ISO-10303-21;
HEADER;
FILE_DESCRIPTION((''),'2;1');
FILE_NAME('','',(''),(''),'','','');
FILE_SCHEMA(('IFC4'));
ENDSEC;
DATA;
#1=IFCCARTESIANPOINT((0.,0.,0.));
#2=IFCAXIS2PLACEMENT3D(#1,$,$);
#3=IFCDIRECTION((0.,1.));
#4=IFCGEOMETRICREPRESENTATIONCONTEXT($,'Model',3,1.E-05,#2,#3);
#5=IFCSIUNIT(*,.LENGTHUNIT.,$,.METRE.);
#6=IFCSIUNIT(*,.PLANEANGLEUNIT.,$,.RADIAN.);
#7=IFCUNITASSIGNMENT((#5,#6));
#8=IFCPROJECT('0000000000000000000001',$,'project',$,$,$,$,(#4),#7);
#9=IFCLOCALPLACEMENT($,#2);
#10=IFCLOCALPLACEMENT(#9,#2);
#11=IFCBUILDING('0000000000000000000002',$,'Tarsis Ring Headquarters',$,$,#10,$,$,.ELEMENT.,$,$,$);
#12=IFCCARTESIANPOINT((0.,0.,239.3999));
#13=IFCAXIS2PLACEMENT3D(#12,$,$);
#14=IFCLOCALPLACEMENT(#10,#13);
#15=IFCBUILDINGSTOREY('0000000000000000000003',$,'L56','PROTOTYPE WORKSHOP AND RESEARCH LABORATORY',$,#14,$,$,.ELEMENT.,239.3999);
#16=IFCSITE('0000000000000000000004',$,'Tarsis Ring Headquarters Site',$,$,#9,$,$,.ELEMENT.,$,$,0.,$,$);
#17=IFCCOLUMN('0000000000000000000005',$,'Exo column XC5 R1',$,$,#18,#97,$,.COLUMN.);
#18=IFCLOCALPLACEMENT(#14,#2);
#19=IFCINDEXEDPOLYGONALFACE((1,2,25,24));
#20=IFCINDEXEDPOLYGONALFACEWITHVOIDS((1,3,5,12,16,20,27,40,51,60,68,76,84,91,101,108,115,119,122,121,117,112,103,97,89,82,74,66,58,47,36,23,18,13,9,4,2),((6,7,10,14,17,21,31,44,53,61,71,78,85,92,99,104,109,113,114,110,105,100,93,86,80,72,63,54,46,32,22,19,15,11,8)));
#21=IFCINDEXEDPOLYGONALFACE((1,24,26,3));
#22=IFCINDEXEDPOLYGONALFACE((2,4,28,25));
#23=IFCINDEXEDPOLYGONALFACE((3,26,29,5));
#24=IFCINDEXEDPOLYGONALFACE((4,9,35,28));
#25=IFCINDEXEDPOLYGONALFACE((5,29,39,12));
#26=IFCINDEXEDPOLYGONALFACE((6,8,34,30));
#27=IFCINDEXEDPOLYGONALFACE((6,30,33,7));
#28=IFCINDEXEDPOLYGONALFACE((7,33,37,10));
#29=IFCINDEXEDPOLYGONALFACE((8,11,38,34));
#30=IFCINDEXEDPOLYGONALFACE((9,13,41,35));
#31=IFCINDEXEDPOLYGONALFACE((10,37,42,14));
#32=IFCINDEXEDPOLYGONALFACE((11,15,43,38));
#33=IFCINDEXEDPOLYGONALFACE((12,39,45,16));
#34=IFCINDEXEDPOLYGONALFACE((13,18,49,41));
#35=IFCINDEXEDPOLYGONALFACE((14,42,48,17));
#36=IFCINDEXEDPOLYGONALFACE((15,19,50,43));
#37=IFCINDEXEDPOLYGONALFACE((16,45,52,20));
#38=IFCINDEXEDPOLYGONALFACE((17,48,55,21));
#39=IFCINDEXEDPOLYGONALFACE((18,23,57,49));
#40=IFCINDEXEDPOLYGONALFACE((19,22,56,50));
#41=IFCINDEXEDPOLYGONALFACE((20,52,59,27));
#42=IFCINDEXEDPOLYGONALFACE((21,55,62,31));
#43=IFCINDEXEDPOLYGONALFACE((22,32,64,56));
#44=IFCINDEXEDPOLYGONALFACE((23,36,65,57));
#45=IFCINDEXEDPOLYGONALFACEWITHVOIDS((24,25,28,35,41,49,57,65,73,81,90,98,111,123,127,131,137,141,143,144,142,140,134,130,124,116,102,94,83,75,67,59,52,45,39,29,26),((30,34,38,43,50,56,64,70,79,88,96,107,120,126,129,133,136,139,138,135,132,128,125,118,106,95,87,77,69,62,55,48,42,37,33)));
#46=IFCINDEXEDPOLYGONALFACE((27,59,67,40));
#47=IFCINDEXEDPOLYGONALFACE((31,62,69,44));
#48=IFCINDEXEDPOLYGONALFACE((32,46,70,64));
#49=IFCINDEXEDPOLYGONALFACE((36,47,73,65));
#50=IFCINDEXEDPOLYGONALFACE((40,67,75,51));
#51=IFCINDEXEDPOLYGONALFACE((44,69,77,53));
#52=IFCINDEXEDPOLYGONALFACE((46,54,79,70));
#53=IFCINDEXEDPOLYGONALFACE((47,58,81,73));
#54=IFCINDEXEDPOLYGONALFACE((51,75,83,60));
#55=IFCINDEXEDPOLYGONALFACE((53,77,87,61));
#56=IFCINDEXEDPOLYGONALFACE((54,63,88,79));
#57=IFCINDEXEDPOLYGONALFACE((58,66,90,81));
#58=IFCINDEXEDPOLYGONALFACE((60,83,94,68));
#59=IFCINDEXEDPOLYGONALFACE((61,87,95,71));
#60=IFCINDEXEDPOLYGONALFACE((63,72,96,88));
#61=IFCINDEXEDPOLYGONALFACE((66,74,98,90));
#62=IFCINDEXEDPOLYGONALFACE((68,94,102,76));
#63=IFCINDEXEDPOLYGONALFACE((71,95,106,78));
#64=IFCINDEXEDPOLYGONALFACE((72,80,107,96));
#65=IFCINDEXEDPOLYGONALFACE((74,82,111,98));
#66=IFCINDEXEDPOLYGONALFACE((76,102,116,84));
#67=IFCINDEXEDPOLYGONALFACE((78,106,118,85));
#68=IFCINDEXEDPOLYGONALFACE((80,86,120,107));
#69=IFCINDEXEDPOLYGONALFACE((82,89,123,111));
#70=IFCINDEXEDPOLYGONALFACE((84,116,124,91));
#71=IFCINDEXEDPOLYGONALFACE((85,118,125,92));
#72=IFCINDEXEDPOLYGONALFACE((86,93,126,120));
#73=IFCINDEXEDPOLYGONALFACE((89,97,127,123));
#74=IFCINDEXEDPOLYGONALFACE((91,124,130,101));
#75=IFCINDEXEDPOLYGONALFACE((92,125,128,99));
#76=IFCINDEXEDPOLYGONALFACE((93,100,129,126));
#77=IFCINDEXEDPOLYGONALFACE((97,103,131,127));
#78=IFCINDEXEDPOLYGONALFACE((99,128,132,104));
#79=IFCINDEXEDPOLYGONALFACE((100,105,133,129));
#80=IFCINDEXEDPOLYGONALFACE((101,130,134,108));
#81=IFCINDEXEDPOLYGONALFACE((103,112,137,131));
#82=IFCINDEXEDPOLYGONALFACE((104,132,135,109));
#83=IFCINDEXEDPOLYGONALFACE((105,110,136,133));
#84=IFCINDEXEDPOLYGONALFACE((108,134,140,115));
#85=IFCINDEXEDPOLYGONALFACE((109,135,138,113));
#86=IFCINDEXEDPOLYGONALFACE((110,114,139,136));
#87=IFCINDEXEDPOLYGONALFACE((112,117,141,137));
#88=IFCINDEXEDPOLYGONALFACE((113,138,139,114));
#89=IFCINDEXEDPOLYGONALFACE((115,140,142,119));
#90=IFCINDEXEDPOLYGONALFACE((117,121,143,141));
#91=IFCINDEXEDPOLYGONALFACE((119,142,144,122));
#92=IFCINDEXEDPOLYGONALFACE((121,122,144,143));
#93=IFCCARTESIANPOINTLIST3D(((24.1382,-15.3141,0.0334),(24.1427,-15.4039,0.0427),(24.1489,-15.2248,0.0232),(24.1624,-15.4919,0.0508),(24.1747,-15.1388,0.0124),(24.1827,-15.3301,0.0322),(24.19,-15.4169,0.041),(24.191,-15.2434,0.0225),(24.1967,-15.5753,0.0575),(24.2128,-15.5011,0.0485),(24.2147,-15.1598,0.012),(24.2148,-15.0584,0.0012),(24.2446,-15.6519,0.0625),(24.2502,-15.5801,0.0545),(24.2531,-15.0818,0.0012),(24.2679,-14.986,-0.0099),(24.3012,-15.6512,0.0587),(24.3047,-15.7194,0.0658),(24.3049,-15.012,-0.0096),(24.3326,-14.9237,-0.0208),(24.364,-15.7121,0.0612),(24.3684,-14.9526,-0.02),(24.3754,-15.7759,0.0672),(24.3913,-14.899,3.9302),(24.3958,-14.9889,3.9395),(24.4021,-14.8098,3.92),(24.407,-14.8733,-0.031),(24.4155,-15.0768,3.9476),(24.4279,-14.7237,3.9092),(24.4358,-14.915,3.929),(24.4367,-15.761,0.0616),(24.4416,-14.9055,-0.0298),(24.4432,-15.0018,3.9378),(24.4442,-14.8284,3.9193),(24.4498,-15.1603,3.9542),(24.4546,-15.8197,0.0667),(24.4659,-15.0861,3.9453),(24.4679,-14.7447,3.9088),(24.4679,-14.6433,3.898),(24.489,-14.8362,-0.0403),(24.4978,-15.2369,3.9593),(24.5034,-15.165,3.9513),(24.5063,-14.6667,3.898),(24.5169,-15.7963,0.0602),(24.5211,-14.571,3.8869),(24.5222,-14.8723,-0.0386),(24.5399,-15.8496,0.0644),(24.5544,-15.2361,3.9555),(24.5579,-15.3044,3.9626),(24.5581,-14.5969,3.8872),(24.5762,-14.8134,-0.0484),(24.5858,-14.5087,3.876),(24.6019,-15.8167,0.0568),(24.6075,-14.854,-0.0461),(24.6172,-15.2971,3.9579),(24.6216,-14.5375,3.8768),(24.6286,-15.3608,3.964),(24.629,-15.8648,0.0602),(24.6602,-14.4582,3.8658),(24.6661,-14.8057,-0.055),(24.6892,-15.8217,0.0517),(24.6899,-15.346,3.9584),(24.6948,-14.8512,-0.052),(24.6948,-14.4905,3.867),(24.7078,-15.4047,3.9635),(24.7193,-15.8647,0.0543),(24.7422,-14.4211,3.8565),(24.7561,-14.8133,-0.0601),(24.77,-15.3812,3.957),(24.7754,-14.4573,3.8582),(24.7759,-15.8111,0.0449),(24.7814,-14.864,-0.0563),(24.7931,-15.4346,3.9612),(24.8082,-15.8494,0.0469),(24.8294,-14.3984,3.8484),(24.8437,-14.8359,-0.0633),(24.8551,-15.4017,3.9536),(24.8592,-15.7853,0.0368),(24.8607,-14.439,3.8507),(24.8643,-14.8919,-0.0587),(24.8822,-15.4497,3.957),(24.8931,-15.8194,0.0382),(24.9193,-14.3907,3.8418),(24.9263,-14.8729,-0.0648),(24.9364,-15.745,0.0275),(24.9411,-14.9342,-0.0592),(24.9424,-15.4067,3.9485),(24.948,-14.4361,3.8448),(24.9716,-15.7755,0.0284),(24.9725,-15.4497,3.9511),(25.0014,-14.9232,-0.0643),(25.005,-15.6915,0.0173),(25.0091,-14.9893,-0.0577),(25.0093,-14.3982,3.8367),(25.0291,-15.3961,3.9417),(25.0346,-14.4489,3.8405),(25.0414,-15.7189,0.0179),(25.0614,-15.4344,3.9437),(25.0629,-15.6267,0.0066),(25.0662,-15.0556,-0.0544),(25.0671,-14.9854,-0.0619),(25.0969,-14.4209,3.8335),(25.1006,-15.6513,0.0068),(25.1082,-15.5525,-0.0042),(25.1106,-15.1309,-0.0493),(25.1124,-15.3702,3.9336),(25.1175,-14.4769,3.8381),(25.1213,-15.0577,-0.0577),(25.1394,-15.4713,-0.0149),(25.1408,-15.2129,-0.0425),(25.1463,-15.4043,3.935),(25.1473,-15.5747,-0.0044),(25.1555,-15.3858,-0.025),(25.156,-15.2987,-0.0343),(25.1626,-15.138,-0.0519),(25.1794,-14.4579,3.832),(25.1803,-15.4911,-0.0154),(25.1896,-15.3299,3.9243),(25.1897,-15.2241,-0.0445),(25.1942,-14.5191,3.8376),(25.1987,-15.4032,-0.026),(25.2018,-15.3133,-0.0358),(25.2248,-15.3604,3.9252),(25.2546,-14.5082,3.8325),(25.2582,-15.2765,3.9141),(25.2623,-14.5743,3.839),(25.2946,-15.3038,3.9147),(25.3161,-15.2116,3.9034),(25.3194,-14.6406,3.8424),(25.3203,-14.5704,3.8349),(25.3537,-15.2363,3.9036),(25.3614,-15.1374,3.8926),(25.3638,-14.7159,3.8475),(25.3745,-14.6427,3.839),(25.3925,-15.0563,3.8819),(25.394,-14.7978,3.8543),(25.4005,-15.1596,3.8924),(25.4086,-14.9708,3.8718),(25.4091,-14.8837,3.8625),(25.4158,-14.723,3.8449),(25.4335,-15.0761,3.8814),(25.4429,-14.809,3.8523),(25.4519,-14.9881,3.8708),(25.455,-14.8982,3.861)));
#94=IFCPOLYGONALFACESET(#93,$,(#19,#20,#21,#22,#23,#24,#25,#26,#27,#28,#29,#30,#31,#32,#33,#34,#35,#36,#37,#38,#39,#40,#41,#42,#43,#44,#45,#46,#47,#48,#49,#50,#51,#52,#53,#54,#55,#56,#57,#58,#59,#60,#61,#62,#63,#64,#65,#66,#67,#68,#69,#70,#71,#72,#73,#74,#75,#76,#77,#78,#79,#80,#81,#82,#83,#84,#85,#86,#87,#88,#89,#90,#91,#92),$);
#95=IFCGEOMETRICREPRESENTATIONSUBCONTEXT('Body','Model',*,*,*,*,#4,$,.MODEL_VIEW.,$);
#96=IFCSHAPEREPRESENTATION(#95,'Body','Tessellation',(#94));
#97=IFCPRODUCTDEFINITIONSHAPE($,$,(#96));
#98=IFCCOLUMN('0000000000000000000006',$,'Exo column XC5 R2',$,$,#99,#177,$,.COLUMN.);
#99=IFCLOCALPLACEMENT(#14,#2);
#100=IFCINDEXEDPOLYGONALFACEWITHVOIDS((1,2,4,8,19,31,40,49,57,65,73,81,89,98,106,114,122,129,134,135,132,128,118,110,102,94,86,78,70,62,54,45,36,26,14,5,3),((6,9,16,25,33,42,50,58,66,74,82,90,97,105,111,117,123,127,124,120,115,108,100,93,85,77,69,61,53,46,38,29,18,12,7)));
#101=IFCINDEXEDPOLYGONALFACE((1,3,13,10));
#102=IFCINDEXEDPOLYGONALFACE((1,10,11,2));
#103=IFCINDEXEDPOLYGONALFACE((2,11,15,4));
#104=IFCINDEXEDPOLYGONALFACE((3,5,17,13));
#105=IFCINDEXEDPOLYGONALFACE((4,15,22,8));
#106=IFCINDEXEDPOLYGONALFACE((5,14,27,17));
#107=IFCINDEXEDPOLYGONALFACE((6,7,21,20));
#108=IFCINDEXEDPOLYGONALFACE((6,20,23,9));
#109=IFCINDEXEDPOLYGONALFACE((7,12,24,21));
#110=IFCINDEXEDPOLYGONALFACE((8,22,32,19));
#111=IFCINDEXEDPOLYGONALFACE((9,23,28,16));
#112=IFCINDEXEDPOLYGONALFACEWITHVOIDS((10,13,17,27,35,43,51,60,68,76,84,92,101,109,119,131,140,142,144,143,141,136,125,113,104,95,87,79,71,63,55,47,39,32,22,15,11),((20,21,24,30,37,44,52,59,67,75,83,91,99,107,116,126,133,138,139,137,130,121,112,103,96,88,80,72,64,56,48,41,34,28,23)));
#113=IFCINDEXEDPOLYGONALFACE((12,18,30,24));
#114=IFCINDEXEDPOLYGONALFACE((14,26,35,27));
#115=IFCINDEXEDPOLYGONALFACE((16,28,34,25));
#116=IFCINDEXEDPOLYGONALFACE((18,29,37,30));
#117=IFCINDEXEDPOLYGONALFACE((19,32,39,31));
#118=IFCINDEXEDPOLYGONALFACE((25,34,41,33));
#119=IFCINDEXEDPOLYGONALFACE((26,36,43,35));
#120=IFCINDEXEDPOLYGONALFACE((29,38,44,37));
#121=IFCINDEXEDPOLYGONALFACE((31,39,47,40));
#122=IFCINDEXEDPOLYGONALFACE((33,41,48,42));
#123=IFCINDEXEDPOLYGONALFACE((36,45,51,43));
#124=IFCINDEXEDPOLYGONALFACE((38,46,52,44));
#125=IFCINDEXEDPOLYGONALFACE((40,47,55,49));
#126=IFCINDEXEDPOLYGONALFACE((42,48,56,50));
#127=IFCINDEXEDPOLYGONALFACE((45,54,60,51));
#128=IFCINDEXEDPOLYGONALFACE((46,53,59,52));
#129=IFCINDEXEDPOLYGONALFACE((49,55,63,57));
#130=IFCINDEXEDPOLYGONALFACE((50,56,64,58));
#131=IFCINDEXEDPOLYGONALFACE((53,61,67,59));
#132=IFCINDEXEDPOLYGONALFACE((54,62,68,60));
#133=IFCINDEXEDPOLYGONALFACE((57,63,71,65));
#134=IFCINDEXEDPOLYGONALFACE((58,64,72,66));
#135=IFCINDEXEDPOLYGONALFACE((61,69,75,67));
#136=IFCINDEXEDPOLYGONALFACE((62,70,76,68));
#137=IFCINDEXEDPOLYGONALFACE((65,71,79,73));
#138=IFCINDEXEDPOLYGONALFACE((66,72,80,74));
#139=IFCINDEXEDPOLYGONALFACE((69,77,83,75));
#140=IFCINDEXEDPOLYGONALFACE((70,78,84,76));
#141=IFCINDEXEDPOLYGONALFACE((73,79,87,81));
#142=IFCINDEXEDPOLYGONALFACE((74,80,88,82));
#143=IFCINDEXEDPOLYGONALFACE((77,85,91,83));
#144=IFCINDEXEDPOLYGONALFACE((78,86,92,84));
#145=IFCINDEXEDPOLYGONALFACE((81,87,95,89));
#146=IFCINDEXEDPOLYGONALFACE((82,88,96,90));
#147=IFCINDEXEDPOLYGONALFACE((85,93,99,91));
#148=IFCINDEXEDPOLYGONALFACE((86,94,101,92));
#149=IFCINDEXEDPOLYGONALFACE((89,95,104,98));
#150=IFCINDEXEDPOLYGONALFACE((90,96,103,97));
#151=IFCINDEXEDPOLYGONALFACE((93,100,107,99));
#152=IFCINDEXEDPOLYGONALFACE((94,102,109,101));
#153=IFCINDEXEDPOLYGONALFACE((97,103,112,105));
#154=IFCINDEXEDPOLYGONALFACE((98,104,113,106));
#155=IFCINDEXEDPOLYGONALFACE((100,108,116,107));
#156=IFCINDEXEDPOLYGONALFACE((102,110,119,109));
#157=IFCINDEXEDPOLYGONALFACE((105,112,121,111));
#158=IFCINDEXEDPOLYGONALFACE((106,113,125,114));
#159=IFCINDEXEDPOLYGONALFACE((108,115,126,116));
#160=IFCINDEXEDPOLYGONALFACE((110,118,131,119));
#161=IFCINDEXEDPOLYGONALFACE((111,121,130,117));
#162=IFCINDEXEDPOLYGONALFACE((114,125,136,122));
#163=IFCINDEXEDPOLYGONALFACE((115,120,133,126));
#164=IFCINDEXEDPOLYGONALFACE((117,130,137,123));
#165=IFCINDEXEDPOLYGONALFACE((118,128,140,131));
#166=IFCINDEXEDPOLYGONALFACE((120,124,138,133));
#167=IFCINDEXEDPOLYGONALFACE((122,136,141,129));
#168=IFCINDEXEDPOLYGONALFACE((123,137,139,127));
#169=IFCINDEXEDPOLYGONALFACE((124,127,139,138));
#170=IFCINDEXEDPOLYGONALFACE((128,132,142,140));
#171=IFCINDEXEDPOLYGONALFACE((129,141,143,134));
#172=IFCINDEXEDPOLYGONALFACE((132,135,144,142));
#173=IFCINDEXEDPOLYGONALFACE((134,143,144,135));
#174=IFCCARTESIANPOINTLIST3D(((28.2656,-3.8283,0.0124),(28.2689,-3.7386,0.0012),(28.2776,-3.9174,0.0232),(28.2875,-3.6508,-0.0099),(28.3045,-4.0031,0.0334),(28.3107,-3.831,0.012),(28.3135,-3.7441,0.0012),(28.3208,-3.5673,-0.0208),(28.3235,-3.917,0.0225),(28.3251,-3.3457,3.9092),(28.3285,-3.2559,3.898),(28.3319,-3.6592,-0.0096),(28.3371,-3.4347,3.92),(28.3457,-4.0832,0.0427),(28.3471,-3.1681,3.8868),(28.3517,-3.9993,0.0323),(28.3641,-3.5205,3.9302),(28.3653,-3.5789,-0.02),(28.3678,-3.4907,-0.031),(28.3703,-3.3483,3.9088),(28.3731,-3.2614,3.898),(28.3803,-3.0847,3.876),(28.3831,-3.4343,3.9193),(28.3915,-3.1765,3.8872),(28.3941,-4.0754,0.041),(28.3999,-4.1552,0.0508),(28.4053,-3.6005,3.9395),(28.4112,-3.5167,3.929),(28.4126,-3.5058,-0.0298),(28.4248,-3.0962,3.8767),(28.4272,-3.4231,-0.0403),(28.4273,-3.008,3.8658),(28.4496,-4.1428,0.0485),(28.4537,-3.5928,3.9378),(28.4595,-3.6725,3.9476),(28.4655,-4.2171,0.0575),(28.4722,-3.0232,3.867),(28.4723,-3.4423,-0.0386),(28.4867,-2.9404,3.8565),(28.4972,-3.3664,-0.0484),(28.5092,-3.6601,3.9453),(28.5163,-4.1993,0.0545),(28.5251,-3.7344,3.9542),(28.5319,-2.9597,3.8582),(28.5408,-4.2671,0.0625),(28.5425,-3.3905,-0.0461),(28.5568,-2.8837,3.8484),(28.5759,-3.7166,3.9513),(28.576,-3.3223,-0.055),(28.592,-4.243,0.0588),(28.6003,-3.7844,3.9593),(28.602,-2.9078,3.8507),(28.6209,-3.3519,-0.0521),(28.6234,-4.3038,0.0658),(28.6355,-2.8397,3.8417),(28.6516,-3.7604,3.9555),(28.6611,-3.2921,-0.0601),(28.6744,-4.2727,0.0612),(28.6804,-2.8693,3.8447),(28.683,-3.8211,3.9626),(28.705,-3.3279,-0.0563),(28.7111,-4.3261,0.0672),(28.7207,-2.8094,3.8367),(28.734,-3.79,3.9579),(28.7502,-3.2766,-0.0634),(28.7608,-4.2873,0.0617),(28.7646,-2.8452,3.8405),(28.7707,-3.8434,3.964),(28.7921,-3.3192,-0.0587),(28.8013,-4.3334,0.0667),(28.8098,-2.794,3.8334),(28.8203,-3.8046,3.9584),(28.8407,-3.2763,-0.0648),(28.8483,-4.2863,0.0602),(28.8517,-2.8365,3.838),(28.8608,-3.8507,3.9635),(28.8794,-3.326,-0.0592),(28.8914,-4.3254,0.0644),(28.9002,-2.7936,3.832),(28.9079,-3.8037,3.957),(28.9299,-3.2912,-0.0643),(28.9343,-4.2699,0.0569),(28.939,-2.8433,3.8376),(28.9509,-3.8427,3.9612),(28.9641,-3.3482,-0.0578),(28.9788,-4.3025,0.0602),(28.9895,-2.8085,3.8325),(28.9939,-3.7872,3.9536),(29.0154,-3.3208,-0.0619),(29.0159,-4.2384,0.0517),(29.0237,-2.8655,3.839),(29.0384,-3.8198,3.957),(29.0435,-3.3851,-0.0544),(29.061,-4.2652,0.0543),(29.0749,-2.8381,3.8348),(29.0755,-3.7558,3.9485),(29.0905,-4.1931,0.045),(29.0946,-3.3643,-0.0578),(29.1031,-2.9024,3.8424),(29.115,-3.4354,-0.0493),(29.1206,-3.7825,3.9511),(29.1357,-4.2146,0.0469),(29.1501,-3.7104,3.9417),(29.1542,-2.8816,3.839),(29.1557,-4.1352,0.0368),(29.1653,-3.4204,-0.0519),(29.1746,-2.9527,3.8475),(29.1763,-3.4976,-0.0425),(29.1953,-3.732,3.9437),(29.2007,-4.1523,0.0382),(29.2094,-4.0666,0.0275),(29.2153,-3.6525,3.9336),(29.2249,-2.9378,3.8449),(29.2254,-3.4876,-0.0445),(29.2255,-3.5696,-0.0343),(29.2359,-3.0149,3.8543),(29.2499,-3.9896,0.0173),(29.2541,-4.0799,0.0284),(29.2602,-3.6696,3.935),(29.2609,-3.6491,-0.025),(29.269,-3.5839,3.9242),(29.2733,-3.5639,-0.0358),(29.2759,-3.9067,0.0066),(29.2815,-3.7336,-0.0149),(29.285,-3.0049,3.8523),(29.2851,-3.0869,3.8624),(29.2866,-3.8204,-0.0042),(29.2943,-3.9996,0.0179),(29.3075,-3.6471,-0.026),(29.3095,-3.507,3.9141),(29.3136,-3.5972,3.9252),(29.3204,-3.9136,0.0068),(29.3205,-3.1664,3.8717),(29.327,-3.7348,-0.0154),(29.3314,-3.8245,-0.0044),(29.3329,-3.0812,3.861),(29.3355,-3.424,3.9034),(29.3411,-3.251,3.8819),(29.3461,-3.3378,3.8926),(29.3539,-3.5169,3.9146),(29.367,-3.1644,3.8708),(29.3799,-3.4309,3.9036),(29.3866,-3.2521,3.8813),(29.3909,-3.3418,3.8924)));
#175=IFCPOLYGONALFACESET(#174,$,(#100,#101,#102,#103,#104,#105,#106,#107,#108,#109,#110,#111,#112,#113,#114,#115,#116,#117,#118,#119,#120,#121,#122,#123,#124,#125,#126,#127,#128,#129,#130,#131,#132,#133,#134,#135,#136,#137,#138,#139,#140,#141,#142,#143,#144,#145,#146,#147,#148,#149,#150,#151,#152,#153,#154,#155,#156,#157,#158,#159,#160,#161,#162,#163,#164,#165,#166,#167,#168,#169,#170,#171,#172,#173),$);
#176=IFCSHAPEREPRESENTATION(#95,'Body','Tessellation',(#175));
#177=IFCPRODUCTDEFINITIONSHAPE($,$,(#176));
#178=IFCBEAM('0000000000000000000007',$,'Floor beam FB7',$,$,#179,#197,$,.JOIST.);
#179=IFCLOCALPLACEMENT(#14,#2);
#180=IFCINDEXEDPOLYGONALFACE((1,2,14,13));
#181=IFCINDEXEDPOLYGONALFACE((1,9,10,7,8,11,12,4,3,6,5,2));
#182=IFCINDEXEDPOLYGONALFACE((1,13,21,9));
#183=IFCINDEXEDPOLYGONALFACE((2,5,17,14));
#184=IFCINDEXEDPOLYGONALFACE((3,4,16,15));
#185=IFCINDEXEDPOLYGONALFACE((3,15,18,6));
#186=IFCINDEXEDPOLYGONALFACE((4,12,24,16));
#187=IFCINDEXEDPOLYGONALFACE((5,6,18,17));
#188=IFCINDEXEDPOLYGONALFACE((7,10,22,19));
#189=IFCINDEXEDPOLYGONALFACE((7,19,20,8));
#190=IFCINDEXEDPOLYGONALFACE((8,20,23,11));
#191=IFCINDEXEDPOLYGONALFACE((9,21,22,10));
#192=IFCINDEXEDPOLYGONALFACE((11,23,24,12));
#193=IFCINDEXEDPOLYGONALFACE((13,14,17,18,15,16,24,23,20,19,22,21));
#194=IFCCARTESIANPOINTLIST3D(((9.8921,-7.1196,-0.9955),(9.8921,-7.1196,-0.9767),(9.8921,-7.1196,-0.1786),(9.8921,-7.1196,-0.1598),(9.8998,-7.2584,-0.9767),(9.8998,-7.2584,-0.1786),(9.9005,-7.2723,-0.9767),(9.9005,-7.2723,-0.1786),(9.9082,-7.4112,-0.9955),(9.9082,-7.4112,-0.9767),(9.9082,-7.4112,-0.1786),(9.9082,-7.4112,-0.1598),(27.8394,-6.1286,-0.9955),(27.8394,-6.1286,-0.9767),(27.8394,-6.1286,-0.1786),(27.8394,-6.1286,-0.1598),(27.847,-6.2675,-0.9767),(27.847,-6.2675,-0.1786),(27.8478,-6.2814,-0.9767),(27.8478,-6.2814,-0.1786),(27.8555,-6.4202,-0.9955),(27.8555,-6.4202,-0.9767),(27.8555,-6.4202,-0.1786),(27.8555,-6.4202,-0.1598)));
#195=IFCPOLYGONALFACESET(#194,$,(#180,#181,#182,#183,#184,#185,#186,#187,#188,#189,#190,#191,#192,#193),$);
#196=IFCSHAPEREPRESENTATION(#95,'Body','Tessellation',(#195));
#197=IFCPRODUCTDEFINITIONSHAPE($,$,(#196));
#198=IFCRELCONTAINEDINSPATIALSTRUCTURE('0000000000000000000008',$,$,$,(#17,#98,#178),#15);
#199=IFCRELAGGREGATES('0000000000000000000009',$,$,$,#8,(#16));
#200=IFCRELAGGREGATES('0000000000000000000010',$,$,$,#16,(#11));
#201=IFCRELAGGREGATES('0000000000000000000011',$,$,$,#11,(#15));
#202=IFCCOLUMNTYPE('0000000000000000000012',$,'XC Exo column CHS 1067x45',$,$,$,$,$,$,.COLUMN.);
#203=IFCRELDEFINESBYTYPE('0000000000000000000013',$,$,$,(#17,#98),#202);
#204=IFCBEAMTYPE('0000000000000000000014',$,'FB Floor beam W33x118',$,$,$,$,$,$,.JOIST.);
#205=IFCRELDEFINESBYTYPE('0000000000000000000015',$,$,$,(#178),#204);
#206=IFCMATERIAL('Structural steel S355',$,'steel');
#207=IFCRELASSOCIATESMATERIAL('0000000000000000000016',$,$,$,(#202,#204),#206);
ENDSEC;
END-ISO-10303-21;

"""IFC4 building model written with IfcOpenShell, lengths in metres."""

from ifc_helpers import new_model, si_unit, direction, frame, origin, origin_2d, place, context, subcontext, project, spatial, hollow_circle, i_section, extrude, material, material_profile, profile_set, type_object, element, save


model = new_model("IFC4")

# Units and contexts
model_context = context("Model", 3, precision=1e-05, world=origin(), true_north=direction((0.0, 1.0)))
body_context = subcontext(model_context, "Body", "Model", "MODEL_VIEW")
ifc_project = project(units=[si_unit("LENGTHUNIT", "METRE"), si_unit("PLANEANGLEUNIT", "RADIAN")], contexts=[model_context])

# Site, building, storey
site_placement = place(None, origin())
site = spatial("IfcSite", under=ifc_project, at=site_placement, Name="Tarsis Ring Headquarters Site", CompositionType="ELEMENT", RefElevation=0.0)
building_placement = place(site_placement, origin())
building = spatial("IfcBuilding", under=site, at=building_placement, Name="Tarsis Ring Headquarters", CompositionType="ELEMENT")
storey_placement = place(building_placement, frame((0.0, 0.0, 239.3999)))
storey = spatial("IfcBuildingStorey", under=building, at=storey_placement, Name="L56", Description="PROTOTYPE WORKSHOP AND RESEARCH LABORATORY", CompositionType="ELEMENT", Elevation=239.3999)

# Columns
ifc_material_1 = material(Name="Structural steel S355", Category="steel")
ifc_material_profile_1 = material_profile(ifc_material_1, hollow_circle(Radius=0.5334, WallThickness=0.0449, at=origin_2d()), Name="CHS 1067x45")
ifc_profile_set_1 = profile_set([ifc_material_profile_1], Name="Structural steel S355")
column_type = type_object("IfcColumnType", Name="XC Exo column CHS 1067x45", PredefinedType="COLUMN", material=ifc_profile_set_1)
for number, where, z_axis, x_axis, name in (
    (1, (24.6702, -15.3362, 0.0012), (0.064471, 0.10569, 0.992307), (-0.853704, 0.520759, 0.0), "Exo column XC5 R1"),
    (2, (28.7983, -3.804, 0.0012), (0.01517, 0.122911, 0.992302), (-0.99247, 0.12249, 0.0), "Exo column XC5 R2"),
):
    element("IfcColumn", number, at=place(storey_placement, frame(where, z_axis=z_axis, x_axis=x_axis)), inside=storey, type_object=column_type, Name=name, PredefinedType="COLUMN", context=body_context, shape_type="SweptSolid", body=[
        extrude(hollow_circle(Radius=0.5334, WallThickness=0.0449, at=origin_2d()), origin(), (0.0, 0.0, 1.0), 3.927),
    ])

# Beam
ifc_material_profile_2 = material_profile(ifc_material_1, i_section(OverallWidth=0.292, OverallDepth=0.8357, WebThickness=0.0139, FlangeThickness=0.0188, at=origin_2d()), Name="W33x118")
ifc_profile_set_2 = profile_set([ifc_material_profile_2], Name="Structural steel S355")
beam_type_1 = type_object("IfcBeamType", Name="FB Floor beam W33x118", PredefinedType="JOIST", material=ifc_profile_set_2)
beam_1_placement = place(storey_placement, frame((9.9001, -7.2654, -0.5776), z_axis=(0.998479, 0.055131, 0.0), x_axis=(-0.055131, 0.998479, 0.0)))
element("IfcBeam", 3, at=beam_1_placement, inside=storey, type_object=beam_type_1, Name="Floor beam FB7", PredefinedType="JOIST", context=body_context, shape_type="SweptSolid", body=[
    extrude(i_section(OverallWidth=0.292, OverallDepth=0.8357, WebThickness=0.0139, FlangeThickness=0.0188, at=origin_2d()), origin(), (0.0, 0.0, 1.0), 17.9746),
])

save(model, "model.ifc")
